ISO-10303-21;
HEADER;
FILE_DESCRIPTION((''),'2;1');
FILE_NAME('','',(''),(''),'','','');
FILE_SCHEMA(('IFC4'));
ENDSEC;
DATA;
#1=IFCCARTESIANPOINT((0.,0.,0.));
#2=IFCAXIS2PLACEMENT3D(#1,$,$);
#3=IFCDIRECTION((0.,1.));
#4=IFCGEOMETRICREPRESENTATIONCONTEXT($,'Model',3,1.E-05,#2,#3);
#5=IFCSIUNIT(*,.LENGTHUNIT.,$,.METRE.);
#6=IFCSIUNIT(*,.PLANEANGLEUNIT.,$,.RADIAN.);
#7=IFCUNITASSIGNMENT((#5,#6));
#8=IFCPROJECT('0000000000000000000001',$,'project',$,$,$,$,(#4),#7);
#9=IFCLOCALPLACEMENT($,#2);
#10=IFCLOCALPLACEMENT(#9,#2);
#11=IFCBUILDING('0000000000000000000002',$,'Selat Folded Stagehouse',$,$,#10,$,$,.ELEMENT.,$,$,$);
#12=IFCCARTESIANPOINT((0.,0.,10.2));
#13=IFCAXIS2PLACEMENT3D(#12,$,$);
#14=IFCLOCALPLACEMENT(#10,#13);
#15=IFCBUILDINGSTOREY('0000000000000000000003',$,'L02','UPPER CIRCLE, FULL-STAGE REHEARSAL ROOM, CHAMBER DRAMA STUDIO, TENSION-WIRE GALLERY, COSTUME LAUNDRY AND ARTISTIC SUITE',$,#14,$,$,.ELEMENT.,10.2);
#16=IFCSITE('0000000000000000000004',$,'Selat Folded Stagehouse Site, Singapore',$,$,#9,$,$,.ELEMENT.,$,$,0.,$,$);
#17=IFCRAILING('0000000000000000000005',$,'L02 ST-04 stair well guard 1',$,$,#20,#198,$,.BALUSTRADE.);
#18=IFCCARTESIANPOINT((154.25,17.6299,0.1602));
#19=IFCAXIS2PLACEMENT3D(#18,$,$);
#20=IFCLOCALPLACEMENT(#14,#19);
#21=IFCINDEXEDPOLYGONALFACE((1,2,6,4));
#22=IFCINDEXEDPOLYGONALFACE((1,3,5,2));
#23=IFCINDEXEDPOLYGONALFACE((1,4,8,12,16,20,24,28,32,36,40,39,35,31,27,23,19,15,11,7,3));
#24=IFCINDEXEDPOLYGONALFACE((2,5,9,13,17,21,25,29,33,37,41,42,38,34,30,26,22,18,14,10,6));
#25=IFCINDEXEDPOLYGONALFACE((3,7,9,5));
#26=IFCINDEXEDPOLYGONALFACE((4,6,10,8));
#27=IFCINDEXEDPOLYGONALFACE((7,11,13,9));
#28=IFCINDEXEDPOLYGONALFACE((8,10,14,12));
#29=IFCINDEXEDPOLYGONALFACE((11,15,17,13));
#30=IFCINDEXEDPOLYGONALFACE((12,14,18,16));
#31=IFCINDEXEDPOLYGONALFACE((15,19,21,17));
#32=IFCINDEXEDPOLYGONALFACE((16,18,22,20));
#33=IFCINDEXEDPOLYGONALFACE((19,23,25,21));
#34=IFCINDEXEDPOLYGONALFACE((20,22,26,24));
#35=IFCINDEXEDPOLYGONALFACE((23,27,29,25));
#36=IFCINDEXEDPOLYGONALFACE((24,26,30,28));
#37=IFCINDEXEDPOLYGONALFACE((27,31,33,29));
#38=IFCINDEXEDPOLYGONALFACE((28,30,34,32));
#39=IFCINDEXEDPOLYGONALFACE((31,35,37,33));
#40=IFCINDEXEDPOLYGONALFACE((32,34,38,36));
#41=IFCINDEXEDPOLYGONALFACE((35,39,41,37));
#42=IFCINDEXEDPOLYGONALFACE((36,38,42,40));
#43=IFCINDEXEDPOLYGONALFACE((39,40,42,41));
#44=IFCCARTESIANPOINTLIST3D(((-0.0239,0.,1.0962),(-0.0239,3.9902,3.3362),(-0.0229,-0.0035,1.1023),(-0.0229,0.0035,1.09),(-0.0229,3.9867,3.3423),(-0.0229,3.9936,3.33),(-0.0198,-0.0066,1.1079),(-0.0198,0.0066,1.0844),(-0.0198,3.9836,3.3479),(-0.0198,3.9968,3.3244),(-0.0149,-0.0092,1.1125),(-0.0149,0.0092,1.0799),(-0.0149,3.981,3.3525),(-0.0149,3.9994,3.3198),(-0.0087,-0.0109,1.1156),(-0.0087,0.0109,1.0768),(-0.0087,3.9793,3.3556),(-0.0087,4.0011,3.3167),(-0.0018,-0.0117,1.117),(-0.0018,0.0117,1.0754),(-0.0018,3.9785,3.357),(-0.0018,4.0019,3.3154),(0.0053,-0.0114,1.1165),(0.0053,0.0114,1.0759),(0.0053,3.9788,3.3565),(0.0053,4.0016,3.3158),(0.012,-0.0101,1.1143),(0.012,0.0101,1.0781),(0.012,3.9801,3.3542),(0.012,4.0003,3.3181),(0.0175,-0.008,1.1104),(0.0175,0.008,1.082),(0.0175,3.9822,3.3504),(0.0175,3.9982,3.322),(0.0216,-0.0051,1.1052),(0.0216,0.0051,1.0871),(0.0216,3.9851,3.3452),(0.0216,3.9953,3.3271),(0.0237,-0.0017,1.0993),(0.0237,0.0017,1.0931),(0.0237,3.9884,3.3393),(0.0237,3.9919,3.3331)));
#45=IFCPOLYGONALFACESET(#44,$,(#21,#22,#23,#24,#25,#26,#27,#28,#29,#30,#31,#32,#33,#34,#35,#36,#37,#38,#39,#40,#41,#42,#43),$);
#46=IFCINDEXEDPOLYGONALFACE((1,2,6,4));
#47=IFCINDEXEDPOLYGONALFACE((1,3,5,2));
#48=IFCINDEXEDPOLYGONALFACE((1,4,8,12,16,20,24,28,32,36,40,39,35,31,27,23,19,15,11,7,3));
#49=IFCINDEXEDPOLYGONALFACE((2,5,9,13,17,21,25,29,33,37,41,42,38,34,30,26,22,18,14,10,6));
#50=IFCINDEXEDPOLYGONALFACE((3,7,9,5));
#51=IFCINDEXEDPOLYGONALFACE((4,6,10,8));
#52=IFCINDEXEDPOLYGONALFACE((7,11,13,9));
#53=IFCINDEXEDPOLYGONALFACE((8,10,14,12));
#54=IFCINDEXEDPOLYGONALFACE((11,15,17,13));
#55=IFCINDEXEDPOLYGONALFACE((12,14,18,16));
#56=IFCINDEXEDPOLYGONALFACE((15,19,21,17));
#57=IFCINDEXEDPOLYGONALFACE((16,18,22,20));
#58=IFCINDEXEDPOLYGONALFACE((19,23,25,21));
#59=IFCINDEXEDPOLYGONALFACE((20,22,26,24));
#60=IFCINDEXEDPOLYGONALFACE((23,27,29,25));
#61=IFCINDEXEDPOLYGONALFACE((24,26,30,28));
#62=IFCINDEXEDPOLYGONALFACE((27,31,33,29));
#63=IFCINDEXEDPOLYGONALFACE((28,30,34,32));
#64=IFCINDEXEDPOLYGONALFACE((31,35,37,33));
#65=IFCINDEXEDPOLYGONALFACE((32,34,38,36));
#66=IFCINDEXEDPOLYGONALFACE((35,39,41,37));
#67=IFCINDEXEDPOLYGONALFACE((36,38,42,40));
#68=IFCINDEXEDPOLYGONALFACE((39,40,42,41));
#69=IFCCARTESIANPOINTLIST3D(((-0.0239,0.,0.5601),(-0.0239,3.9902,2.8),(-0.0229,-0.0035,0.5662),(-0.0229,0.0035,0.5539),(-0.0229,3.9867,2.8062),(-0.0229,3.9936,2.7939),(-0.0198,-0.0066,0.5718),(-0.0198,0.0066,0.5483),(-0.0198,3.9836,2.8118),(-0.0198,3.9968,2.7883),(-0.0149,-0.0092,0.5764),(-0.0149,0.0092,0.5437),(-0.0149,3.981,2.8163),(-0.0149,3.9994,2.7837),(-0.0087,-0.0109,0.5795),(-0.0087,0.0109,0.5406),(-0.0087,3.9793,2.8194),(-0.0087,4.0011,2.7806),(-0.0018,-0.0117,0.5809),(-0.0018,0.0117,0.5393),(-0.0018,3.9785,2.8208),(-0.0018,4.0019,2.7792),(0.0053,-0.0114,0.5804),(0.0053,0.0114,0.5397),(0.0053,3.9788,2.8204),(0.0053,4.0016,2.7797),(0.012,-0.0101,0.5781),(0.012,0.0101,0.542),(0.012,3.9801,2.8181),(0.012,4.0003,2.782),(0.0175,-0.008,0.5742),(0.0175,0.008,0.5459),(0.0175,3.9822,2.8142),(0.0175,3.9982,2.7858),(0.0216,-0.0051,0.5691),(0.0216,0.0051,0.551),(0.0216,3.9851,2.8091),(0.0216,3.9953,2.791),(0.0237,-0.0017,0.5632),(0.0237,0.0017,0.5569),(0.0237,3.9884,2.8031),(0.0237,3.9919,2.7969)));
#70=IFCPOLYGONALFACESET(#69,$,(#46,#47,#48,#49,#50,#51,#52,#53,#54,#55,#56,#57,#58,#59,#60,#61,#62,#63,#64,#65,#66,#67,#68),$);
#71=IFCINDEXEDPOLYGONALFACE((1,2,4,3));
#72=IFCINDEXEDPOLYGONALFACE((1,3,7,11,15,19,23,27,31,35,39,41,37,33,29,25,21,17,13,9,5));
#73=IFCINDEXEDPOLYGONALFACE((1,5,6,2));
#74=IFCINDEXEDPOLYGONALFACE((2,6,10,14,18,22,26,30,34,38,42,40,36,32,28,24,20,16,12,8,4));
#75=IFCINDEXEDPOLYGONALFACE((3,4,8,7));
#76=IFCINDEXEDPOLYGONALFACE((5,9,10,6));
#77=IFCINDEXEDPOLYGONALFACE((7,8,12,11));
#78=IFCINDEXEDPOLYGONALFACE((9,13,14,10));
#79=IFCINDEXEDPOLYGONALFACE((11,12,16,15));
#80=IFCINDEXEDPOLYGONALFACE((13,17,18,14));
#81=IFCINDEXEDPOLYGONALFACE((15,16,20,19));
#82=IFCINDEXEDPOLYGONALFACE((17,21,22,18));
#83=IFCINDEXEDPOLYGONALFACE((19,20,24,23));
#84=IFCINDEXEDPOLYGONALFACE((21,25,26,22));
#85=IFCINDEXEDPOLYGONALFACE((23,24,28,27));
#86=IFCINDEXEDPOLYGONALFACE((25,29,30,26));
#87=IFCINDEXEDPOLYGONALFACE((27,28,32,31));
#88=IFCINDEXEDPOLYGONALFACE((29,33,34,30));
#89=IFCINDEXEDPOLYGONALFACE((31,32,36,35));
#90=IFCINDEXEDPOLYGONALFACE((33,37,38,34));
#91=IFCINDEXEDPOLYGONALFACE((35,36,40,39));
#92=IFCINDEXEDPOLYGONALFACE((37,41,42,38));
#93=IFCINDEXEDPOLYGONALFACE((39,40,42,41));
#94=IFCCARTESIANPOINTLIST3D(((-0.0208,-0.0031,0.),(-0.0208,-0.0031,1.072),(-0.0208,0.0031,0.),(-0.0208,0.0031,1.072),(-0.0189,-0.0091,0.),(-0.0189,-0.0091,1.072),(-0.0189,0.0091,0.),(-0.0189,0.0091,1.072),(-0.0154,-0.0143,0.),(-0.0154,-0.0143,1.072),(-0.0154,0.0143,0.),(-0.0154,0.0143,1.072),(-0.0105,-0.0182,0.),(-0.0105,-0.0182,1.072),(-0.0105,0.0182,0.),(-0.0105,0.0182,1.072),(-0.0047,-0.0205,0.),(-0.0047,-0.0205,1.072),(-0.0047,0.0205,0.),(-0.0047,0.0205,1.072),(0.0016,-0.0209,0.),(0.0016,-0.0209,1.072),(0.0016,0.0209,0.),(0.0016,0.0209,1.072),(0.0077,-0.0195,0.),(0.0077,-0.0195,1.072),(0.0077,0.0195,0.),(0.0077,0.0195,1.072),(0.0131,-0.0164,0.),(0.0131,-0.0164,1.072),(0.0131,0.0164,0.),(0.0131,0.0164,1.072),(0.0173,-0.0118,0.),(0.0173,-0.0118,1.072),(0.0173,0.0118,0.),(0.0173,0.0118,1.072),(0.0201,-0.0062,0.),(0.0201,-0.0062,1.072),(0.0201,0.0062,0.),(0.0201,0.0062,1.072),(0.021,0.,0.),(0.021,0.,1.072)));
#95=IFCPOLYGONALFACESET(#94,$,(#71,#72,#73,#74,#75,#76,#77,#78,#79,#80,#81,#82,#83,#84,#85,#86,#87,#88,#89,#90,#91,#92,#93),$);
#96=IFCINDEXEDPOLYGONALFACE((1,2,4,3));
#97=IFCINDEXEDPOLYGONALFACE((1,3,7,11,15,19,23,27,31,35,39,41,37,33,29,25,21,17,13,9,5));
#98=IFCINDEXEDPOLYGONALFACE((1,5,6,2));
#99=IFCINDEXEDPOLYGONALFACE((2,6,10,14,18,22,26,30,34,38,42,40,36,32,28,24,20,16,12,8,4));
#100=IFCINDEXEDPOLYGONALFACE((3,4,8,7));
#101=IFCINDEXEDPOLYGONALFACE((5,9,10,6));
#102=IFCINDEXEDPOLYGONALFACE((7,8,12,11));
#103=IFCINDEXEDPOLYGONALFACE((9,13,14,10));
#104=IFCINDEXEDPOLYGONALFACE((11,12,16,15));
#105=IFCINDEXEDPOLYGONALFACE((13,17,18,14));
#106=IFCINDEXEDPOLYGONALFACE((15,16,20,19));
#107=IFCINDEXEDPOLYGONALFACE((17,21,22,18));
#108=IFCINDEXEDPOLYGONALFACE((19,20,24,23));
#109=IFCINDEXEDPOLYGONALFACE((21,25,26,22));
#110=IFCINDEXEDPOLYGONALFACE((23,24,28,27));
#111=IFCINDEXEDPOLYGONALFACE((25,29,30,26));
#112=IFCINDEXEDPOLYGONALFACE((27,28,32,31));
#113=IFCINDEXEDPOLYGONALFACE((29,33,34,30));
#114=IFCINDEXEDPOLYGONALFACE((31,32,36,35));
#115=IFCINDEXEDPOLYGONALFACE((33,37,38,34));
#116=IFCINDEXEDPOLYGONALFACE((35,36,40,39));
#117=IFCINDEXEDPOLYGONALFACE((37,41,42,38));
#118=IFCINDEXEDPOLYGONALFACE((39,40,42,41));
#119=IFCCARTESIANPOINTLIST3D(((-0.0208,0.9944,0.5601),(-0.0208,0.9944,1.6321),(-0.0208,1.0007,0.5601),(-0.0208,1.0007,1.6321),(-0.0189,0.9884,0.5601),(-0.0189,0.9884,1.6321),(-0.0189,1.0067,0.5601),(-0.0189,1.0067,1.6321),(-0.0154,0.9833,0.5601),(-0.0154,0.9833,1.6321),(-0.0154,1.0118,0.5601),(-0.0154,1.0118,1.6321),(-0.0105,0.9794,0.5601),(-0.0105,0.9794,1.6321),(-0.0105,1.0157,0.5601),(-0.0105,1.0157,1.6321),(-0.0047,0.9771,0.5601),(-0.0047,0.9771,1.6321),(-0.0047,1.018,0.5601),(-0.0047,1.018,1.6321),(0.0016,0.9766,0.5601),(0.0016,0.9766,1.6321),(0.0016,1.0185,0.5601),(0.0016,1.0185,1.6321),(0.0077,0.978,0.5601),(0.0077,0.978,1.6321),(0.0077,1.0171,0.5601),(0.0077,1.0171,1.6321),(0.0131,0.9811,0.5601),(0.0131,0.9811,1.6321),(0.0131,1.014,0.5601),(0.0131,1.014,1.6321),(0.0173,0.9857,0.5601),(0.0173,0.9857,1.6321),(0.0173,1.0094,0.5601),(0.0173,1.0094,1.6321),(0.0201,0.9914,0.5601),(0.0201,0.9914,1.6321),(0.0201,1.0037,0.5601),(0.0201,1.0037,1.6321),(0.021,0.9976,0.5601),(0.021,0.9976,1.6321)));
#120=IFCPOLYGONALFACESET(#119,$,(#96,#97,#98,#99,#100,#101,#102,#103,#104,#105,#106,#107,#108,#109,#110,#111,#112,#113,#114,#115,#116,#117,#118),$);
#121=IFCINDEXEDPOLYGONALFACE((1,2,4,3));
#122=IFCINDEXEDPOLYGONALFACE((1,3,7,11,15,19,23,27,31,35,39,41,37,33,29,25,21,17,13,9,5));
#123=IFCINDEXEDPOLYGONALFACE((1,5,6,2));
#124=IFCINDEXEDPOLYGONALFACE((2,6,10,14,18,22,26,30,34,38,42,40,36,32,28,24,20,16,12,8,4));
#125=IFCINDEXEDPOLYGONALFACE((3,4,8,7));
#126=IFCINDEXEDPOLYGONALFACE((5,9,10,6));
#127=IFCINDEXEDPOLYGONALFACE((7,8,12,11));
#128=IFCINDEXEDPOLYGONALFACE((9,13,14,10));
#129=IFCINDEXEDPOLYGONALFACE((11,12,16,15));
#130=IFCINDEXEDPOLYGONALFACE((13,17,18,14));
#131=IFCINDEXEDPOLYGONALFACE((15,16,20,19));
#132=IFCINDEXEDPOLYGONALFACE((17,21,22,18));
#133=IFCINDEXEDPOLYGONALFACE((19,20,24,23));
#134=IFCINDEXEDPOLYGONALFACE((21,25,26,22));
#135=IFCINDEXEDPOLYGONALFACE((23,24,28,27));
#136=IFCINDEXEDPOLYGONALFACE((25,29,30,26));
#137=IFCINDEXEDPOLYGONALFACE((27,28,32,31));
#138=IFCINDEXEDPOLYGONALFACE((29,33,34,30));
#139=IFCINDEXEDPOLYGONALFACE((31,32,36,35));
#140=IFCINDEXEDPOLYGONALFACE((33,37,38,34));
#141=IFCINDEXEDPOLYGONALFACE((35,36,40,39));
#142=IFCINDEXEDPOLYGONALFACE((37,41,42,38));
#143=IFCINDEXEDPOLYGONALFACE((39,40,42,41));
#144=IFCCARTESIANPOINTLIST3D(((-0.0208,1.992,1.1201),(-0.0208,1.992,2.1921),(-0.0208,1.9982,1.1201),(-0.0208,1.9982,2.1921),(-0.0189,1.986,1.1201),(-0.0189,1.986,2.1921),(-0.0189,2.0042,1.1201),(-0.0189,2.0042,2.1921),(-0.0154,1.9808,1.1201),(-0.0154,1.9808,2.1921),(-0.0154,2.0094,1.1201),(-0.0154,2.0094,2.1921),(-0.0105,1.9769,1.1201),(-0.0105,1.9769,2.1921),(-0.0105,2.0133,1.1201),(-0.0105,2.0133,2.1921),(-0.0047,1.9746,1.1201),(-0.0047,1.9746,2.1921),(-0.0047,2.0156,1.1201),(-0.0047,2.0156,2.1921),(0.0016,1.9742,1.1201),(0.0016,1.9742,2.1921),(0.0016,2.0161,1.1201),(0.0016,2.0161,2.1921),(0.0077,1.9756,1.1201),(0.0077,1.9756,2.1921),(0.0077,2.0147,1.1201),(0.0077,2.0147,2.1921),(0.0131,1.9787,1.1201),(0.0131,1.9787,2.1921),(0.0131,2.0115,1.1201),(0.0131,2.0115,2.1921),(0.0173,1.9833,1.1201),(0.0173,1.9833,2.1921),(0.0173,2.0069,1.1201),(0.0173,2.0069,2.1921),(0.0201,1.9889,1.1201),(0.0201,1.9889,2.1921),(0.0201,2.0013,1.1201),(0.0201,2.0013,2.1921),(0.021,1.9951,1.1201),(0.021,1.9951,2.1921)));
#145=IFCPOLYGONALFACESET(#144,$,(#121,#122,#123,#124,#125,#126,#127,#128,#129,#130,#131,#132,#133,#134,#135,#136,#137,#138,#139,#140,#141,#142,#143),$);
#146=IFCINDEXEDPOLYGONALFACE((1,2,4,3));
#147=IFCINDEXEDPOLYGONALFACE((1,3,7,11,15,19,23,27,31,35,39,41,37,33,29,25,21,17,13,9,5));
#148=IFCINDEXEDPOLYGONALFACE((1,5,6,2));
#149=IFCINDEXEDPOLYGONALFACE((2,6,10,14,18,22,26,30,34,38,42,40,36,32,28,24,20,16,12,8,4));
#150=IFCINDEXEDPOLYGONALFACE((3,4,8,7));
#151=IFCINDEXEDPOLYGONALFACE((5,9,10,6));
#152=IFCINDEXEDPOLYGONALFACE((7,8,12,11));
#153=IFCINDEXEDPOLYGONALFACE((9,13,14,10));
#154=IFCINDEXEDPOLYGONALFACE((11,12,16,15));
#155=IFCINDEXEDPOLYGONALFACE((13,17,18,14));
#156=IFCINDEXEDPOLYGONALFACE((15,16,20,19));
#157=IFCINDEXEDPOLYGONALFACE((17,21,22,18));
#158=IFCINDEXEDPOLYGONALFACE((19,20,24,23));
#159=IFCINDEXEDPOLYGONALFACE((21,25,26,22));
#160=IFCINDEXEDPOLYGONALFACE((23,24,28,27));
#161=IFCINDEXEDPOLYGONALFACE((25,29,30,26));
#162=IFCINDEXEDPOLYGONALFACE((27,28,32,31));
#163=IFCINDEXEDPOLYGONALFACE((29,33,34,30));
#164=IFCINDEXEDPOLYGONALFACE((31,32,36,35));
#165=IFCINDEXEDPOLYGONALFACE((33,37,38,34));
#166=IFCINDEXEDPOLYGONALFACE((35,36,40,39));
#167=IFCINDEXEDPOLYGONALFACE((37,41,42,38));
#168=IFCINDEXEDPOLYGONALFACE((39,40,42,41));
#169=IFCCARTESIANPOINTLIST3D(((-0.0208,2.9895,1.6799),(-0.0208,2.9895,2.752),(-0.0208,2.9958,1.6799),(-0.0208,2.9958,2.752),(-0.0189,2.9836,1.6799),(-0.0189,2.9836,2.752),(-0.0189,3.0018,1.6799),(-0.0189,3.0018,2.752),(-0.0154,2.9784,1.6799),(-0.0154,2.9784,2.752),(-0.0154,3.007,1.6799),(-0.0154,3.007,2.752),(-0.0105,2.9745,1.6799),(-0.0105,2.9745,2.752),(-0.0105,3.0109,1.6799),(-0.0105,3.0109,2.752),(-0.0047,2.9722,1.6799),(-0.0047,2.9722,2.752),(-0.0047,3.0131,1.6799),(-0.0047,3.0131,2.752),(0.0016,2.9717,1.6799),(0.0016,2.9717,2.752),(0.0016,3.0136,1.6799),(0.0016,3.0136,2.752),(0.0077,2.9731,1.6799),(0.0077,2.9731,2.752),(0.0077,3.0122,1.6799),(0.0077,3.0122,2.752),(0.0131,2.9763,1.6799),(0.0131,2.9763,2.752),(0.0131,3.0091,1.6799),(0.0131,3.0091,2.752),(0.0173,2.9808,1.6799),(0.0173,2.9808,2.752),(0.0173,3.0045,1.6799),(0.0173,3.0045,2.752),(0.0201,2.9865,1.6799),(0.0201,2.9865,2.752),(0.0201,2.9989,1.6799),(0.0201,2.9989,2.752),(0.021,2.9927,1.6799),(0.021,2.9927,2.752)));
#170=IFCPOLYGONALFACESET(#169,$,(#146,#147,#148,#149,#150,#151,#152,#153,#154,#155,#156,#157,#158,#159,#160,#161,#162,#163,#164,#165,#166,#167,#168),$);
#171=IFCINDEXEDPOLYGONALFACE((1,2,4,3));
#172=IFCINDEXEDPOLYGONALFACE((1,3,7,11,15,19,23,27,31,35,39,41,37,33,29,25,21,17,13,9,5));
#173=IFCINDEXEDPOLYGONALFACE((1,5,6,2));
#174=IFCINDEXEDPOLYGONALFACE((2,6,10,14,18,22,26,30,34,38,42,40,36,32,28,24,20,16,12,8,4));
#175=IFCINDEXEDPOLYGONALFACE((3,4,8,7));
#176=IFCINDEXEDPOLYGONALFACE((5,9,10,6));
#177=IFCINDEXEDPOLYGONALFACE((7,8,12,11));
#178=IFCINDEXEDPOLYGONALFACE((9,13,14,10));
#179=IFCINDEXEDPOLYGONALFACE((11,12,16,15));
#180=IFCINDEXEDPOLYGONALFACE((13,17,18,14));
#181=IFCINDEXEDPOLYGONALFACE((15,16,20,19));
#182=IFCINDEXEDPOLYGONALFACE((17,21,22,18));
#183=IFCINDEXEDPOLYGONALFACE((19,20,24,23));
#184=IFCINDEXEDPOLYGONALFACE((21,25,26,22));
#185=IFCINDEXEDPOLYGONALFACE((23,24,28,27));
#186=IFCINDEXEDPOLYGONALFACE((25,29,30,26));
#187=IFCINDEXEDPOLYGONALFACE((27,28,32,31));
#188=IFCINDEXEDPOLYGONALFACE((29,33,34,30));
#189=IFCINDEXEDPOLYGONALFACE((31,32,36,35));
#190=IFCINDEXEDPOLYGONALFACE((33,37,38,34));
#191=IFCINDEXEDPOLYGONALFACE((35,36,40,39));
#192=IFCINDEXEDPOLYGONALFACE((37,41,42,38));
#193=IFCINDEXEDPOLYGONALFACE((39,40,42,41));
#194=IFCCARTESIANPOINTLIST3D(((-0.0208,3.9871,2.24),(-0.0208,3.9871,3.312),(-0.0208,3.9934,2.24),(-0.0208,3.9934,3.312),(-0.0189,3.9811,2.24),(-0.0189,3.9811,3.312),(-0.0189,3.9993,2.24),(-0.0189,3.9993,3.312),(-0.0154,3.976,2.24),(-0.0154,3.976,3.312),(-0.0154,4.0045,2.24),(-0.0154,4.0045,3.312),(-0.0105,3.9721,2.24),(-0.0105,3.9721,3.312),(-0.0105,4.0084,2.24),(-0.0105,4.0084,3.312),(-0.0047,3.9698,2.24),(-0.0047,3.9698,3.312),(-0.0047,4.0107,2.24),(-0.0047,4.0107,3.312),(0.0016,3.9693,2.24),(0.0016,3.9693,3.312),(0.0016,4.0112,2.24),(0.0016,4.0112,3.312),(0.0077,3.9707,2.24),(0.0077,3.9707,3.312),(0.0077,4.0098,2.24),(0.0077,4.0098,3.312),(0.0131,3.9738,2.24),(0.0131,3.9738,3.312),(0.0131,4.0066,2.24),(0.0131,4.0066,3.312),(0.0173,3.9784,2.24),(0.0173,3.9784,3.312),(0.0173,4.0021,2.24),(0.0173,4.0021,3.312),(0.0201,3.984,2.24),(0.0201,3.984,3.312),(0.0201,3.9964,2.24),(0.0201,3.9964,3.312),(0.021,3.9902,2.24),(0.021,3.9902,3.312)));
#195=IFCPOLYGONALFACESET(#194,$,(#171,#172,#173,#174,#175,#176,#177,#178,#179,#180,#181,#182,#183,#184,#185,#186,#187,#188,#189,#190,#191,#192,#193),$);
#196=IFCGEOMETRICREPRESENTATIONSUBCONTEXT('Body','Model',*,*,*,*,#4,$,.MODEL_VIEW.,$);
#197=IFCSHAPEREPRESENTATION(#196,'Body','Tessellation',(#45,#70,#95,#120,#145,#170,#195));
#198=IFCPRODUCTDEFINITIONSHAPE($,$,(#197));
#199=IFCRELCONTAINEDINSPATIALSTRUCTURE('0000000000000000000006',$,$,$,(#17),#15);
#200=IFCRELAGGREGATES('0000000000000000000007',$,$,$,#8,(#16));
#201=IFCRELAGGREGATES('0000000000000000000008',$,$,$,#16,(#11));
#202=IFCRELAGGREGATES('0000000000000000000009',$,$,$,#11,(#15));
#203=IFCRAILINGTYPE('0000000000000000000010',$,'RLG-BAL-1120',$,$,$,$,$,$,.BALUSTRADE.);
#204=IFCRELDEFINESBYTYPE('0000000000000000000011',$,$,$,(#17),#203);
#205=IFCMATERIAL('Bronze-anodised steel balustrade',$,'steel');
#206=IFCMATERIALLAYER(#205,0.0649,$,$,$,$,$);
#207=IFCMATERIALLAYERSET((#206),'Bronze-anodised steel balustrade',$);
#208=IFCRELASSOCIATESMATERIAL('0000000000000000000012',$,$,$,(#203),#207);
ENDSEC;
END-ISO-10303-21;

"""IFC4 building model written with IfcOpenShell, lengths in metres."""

from ifc_helpers import new_model, si_unit, direction, frame, origin, origin_2d, place, context, subcontext, project, spatial, circle, extrude, material, layer, layer_set, type_object, element, save


model = new_model("IFC4")

# Units and contexts
model_context = context("Model", 3, precision=1e-05, world=origin(), true_north=direction((0.0, 1.0)))
body_context = subcontext(model_context, "Body", "Model", "MODEL_VIEW")
ifc_project = project(units=[si_unit("LENGTHUNIT", "METRE"), si_unit("PLANEANGLEUNIT", "RADIAN")], contexts=[model_context])

# Site, building, storey
site_placement = place(None, origin())
site = spatial("IfcSite", under=ifc_project, at=site_placement, Name="Selat Folded Stagehouse Site, Singapore", CompositionType="ELEMENT", RefElevation=0.0)
building_placement = place(site_placement, origin())
building = spatial("IfcBuilding", under=site, at=building_placement, Name="Selat Folded Stagehouse", CompositionType="ELEMENT")
storey_placement = place(building_placement, frame((0.0, 0.0, 10.2)))
storey = spatial("IfcBuildingStorey", under=building, at=storey_placement, Name="L02", Description="UPPER CIRCLE, FULL-STAGE REHEARSAL ROOM, CHAMBER DRAMA STUDIO, TENSION-WIRE GALLERY, COSTUME LAUNDRY AND ARTISTIC SUITE", CompositionType="ELEMENT", Elevation=10.2)

# Railing
ifc_material_1 = material(Name="Bronze-anodised steel balustrade", Category="steel")
ifc_layer_1 = layer(ifc_material_1, 0.0649)
ifc_layer_set_1 = layer_set([ifc_layer_1], Name="Bronze-anodised steel balustrade")
railing_type_1 = type_object("IfcRailingType", Name="RLG-BAL-1120", PredefinedType="BALUSTRADE", material=ifc_layer_set_1)
railing_1_placement = place(storey_placement, frame((154.25, 17.6299, 0.1602)))
element("IfcRailing", 1, at=railing_1_placement, inside=storey, type_object=railing_type_1, Name="L02 ST-04 stair well guard 1", PredefinedType="BALUSTRADE", context=body_context, shape_type="SweptSolid", body=[
    extrude(circle(Radius=0.0239, at=origin_2d()), frame((0.0, 0.0, 1.0962), z_axis=(0.0, 0.871997, 0.489511), x_axis=(-1.0, 0.0, 0.0)), (0.0, 0.0, 1.0), 4.5759),
    extrude(circle(Radius=0.0239, at=origin_2d()), frame((0.0, 0.0, 0.5601), z_axis=(0.0, 0.871997, 0.489511), x_axis=(-1.0, 0.0, 0.0)), (0.0, 0.0, 1.0), 4.5759),
    extrude(circle(Radius=0.021, at=origin_2d()), origin(), (0.0, 0.0, 1.0), 1.072),
    extrude(circle(Radius=0.021, at=origin_2d()), frame((0.0, 0.9976, 0.5601)), (0.0, 0.0, 1.0), 1.072),
    extrude(circle(Radius=0.021, at=origin_2d()), frame((0.0, 1.9951, 1.1201)), (0.0, 0.0, 1.0), 1.072),
    extrude(circle(Radius=0.021, at=origin_2d()), frame((0.0, 2.9927, 1.6799)), (0.0, 0.0, 1.0), 1.072),
    extrude(circle(Radius=0.021, at=origin_2d()), frame((0.0, 3.9902, 2.24)), (0.0, 0.0, 1.0), 1.072),
])

save(model, "model.ifc")
